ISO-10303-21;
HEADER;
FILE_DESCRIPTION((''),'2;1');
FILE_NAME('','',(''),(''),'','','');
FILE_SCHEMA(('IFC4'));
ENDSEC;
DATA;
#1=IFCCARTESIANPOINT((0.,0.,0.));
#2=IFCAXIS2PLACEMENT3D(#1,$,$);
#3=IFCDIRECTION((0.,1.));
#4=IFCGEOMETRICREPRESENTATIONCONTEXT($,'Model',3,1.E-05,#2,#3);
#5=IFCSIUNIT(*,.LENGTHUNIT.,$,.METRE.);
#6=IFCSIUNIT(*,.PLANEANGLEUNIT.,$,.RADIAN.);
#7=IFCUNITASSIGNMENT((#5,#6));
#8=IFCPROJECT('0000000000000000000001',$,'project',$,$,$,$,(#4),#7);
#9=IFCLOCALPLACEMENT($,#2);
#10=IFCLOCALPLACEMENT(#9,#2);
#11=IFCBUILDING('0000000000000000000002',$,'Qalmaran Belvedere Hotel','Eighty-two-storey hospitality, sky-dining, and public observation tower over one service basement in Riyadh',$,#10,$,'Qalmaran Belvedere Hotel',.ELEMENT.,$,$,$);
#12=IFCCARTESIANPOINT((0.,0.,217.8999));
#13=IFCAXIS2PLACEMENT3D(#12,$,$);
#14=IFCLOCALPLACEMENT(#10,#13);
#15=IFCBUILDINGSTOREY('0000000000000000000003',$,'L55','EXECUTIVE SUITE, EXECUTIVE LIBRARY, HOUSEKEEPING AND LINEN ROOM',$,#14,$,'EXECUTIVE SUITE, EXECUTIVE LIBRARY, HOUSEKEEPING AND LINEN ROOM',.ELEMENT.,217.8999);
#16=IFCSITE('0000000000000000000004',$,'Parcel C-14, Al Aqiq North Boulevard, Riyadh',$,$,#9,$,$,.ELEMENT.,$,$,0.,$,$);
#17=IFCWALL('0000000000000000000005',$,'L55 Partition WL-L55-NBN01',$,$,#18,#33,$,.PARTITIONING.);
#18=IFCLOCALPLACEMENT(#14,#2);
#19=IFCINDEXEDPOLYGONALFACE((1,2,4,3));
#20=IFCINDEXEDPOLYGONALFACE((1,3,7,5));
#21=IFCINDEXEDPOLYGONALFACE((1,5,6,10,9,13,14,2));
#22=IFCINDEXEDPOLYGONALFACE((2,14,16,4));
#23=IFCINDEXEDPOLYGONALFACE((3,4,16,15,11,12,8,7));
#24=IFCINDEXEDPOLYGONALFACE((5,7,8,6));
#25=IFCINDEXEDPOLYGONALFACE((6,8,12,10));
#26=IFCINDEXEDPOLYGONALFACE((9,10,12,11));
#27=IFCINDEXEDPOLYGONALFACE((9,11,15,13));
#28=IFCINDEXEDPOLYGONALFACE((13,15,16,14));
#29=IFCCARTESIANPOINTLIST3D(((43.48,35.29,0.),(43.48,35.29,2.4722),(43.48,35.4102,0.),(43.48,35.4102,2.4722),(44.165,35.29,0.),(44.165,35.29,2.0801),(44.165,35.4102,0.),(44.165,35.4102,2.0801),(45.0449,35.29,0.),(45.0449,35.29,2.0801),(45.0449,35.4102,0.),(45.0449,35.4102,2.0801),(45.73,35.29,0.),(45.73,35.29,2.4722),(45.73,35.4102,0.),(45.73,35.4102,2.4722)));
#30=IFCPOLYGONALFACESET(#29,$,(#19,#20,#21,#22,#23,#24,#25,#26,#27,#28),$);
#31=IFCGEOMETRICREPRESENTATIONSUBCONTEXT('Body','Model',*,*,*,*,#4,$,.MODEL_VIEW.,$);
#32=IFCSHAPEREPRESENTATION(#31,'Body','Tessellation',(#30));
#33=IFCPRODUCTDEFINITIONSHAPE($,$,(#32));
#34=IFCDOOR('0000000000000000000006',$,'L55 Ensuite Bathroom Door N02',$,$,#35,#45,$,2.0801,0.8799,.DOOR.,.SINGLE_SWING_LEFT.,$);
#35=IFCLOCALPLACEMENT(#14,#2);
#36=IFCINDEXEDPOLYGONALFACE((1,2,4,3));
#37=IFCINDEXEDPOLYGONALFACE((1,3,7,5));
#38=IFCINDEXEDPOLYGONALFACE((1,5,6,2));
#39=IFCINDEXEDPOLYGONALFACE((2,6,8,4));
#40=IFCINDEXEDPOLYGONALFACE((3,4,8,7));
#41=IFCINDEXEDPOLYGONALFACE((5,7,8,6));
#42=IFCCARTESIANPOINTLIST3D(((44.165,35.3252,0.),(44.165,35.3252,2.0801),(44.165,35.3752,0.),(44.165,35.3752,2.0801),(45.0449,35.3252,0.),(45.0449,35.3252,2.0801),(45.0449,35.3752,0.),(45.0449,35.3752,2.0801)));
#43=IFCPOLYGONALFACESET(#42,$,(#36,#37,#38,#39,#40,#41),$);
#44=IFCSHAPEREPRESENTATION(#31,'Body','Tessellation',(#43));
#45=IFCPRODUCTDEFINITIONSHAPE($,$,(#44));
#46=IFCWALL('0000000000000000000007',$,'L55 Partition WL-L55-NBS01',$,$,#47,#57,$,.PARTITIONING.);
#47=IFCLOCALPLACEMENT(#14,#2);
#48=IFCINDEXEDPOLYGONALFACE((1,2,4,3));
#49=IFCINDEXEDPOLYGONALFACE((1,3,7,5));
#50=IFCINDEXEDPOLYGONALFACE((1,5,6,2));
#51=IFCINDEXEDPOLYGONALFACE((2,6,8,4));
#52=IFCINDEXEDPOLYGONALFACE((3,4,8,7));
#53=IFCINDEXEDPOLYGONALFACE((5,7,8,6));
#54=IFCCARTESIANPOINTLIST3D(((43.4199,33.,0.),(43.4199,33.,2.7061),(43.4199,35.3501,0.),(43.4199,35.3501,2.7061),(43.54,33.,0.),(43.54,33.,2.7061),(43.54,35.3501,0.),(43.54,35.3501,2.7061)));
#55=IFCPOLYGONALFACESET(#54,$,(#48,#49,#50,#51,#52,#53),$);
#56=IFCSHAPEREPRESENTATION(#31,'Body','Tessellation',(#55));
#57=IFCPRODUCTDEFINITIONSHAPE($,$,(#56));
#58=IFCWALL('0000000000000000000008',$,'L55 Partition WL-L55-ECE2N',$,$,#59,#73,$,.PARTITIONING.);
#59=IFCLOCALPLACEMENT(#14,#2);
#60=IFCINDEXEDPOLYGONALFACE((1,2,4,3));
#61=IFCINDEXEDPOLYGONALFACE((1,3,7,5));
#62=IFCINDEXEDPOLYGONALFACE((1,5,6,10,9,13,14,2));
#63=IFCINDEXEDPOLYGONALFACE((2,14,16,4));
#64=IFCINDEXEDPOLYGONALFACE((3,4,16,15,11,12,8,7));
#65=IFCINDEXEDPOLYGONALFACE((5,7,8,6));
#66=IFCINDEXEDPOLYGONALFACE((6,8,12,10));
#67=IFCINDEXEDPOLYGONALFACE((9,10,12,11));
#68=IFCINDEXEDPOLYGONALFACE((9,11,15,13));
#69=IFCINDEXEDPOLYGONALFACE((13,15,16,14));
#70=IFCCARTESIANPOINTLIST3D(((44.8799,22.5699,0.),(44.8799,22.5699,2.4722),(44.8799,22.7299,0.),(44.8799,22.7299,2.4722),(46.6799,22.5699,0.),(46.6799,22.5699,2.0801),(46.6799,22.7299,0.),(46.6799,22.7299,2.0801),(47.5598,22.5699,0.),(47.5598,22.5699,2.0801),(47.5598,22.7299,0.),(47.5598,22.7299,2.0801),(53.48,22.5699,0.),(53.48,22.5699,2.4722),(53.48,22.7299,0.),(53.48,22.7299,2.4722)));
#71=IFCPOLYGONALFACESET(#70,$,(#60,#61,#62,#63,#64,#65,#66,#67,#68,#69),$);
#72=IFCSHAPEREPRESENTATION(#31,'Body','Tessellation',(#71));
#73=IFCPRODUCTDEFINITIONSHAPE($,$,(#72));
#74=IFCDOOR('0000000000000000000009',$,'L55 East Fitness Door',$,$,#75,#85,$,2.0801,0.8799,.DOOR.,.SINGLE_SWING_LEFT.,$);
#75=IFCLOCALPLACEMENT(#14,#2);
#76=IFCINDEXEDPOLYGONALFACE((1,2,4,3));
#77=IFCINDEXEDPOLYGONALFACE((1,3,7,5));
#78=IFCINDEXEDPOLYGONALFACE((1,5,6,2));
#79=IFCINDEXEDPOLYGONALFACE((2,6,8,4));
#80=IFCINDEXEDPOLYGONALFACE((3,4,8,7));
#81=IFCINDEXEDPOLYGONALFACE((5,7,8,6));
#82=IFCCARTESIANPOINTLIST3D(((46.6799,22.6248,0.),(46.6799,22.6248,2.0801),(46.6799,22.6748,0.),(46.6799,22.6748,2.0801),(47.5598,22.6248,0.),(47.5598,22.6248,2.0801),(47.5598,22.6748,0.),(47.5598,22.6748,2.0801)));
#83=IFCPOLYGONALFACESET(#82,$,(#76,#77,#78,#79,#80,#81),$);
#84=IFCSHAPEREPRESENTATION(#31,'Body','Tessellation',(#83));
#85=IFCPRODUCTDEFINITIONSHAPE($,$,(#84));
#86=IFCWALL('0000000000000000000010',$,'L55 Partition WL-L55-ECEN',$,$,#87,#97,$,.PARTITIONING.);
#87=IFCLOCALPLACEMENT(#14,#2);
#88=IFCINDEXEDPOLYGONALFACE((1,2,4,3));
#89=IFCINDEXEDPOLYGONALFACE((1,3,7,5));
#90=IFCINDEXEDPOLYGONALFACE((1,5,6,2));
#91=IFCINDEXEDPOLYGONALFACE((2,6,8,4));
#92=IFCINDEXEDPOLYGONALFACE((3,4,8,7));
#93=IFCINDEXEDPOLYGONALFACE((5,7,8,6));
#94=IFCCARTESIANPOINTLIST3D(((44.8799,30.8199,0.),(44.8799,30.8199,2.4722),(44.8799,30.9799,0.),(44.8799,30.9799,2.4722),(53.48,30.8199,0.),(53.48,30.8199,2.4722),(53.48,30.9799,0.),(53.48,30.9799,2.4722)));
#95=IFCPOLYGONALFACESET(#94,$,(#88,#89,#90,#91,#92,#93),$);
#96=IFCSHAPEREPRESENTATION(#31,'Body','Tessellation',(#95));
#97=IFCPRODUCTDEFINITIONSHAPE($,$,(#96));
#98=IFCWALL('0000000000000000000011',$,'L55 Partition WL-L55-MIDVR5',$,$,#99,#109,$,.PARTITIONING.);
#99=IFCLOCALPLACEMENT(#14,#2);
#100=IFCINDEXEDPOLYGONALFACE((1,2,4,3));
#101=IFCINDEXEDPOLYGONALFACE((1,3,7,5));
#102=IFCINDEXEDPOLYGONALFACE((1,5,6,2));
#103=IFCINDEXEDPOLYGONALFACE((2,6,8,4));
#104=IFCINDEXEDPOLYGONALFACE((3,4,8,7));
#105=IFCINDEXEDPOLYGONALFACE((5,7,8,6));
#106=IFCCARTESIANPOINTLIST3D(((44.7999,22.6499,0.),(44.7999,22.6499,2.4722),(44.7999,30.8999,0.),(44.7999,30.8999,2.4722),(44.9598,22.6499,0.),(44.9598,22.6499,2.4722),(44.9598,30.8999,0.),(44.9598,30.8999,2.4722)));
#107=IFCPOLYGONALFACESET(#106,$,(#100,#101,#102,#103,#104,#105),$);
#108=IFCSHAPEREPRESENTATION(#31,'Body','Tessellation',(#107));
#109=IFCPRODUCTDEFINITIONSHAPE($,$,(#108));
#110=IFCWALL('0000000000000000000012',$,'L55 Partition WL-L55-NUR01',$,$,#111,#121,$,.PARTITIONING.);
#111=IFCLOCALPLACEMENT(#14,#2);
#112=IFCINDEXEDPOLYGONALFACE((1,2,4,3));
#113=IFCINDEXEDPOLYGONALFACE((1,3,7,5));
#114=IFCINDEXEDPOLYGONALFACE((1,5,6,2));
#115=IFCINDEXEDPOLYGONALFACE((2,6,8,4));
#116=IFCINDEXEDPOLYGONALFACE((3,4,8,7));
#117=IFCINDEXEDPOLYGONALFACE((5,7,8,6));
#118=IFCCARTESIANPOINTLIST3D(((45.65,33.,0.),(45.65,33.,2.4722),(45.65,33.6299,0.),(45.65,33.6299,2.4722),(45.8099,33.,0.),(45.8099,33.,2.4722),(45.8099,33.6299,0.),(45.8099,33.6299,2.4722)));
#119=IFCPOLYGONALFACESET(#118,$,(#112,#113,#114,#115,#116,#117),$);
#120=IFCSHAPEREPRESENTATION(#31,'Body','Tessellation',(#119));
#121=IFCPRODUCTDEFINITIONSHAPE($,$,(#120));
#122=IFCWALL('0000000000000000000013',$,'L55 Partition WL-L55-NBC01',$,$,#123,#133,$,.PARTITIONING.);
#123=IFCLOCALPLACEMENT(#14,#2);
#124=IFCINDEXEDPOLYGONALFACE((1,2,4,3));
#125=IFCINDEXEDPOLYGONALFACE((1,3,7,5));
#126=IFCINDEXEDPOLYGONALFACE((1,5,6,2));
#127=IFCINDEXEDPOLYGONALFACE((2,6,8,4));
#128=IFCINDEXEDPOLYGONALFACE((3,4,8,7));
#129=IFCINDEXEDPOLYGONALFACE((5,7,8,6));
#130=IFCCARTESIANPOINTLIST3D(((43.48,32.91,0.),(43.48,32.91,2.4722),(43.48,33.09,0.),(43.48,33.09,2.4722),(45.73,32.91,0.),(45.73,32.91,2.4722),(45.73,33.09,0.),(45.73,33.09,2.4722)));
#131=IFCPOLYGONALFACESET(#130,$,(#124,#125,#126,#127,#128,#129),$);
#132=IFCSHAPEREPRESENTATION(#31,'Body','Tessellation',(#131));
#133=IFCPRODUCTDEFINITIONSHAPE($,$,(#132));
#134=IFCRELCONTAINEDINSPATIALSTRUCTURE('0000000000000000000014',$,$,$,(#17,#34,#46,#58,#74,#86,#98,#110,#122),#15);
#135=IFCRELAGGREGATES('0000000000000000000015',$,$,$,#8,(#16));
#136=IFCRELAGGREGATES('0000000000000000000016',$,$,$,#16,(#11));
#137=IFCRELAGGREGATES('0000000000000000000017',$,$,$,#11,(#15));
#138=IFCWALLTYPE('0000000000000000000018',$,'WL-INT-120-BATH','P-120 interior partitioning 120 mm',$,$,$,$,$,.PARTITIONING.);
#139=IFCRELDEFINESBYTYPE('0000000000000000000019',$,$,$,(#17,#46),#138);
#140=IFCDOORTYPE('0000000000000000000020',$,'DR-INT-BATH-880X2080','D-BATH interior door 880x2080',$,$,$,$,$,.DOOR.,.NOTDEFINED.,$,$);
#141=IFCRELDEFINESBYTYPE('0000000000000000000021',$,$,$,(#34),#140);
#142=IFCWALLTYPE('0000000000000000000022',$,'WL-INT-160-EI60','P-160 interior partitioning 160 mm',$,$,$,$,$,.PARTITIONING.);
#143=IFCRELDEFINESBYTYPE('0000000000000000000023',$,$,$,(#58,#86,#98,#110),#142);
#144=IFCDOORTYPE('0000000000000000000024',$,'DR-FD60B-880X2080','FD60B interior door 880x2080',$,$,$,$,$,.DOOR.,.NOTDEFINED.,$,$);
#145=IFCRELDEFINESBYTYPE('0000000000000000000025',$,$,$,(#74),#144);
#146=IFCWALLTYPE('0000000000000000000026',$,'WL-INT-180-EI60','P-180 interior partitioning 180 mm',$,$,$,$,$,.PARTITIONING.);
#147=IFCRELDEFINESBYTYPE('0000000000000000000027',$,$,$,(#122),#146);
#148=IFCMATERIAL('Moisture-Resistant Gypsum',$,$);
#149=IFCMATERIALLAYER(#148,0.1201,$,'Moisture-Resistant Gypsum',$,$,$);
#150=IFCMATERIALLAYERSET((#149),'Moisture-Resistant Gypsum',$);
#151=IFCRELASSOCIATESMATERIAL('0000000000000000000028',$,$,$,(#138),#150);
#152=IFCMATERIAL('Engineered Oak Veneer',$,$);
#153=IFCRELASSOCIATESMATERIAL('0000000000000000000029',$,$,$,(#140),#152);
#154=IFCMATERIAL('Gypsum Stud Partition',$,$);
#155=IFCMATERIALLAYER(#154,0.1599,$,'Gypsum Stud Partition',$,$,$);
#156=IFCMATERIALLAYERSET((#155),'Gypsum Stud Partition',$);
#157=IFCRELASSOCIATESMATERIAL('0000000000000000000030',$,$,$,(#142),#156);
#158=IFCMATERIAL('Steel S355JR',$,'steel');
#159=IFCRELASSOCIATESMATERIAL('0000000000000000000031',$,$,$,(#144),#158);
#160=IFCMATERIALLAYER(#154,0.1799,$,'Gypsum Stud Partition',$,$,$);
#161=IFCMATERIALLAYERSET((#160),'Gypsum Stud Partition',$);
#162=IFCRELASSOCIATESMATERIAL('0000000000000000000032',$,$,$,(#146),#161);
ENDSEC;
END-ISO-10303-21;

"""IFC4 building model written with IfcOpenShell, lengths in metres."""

from ifc_helpers import new_model, si_unit, direction, frame, frame_2d, origin, place, context, subcontext, project, spatial, rectangle, extrude, material, layer, layer_set, type_object, element, fill, save


model = new_model("IFC4")

# Units and contexts
model_context = context("Model", 3, precision=1e-05, world=origin(), true_north=direction((0.0, 1.0)))
body_context = subcontext(model_context, "Body", "Model", "MODEL_VIEW")
ifc_project = project(units=[si_unit("LENGTHUNIT", "METRE"), si_unit("PLANEANGLEUNIT", "RADIAN")], contexts=[model_context])

# Site, building, storey
site_placement = place(None, origin())
site = spatial("IfcSite", under=ifc_project, at=site_placement, Name="Parcel C-14, Al Aqiq North Boulevard, Riyadh", CompositionType="ELEMENT", RefElevation=0.0)
building_placement = place(site_placement, origin())
building = spatial("IfcBuilding", under=site, at=building_placement, Name="Qalmaran Belvedere Hotel", Description="Eighty-two-storey hospitality, sky-dining, and public observation tower over one service basement in Riyadh", LongName="Qalmaran Belvedere Hotel", CompositionType="ELEMENT")
storey_placement = place(building_placement, frame((0.0, 0.0, 217.8999)))
storey = spatial("IfcBuildingStorey", under=building, at=storey_placement, Name="L55", Description="EXECUTIVE SUITE, EXECUTIVE LIBRARY, HOUSEKEEPING AND LINEN ROOM", LongName="EXECUTIVE SUITE, EXECUTIVE LIBRARY, HOUSEKEEPING AND LINEN ROOM", CompositionType="ELEMENT", Elevation=217.8999)

# Shared definitions
ifc_material_1 = material(Name="Steel S355JR", Category="steel")

# Wall, opening, door
ifc_material_2 = material(Name="Moisture-Resistant Gypsum")
ifc_layer_1 = layer(ifc_material_2, 0.1201, Name="Moisture-Resistant Gypsum")
ifc_layer_set_1 = layer_set([ifc_layer_1], Name="Moisture-Resistant Gypsum")
wall_type_1 = type_object("IfcWallType", Name="WL-INT-120-BATH", Description="P-120 interior partitioning 120 mm", PredefinedType="PARTITIONING", material=ifc_layer_set_1)
wall_1_placement = place(storey_placement, frame((43.48, 35.3501, 0.0), z_axis=(0.0, 0.0, 1.0), x_axis=(1.0, 0.0, 0.0)))
wall_1 = element("IfcWall", 1, at=wall_1_placement, inside=storey, type_object=wall_type_1, Name="L55 Partition WL-L55-NBN01", PredefinedType="PARTITIONING", context=body_context, shape_type="SweptSolid", body=[
    extrude(rectangle(XDim=2.25, YDim=0.1201, at=frame_2d((1.125, 0.0))), origin(), (0.0, 0.0, 1.0), 2.4722),
])
opening_1_placement = place(wall_1_placement, frame((1.5649, 0.0, 0.0), z_axis=(0.0, 0.0, 1.0), x_axis=(-1.0, 0.0, 0.0)))
opening_1 = element("IfcOpeningElement", 2, at=opening_1_placement, cuts=wall_1, PredefinedType="OPENING", context=body_context, shape_type="SweptSolid", body=[
    extrude(rectangle(XDim=0.8799, YDim=2.0801, at=frame_2d((0.4399, 1.04))), frame((0.0, 0.0701, 0.0), z_axis=(0.0, -1.0, 0.0), x_axis=(1.0, 0.0, 0.0)), (0.0, 0.0, 1.0), 0.1401),
])
ifc_material_3 = material(Name="Engineered Oak Veneer")
door_type_1 = type_object("IfcDoorType", Name="DR-INT-BATH-880X2080", Description="D-BATH interior door 880x2080", OperationType="NOTDEFINED", PredefinedType="DOOR", material=ifc_material_3)
door_1_placement = place(opening_1_placement, origin())
door_1 = element("IfcDoor", 3, at=door_1_placement, inside=storey, type_object=door_type_1, Name="L55 Ensuite Bathroom Door N02", OperationType="SINGLE_SWING_LEFT", OverallHeight=2.0801, OverallWidth=0.8799, PredefinedType="DOOR", context=body_context, shape_type="SweptSolid", body=[
    extrude(rectangle(XDim=0.8799, YDim=2.0801, at=frame_2d((0.4399, 1.04))), frame((0.0, 0.0249, 0.0), z_axis=(0.0, -1.0, 0.0), x_axis=(1.0, 0.0, 0.0)), (0.0, 0.0, 1.0), 0.05),
])
fill(opening_1, door_1)

# Wall
wall_2_placement = place(storey_placement, frame((43.48, 33.0, 0.0), z_axis=(0.0, 0.0, 1.0), x_axis=(0.0, 1.0, 0.0)))
element("IfcWall", 4, at=wall_2_placement, inside=storey, type_object=wall_type_1, Name="L55 Partition WL-L55-NBS01", PredefinedType="PARTITIONING", context=body_context, shape_type="SweptSolid", body=[
    extrude(rectangle(XDim=2.3501, YDim=0.1201, at=frame_2d((1.175, 0.0))), origin(), (0.0, 0.0, 1.0), 2.7061),
])

# Wall, opening, door
ifc_material_4 = material(Name="Gypsum Stud Partition")
ifc_layer_2 = layer(ifc_material_4, 0.1599, Name="Gypsum Stud Partition")
ifc_layer_set_2 = layer_set([ifc_layer_2], Name="Gypsum Stud Partition")
wall_type_2 = type_object("IfcWallType", Name="WL-INT-160-EI60", Description="P-160 interior partitioning 160 mm", PredefinedType="PARTITIONING", material=ifc_layer_set_2)
wall_3_placement = place(storey_placement, frame((44.8799, 22.6499, 0.0), z_axis=(0.0, 0.0, 1.0), x_axis=(1.0, 0.0, 0.0)))
wall_3 = element("IfcWall", 5, at=wall_3_placement, inside=storey, type_object=wall_type_2, Name="L55 Partition WL-L55-ECE2N", PredefinedType="PARTITIONING", context=body_context, shape_type="SweptSolid", body=[
    extrude(rectangle(XDim=8.6001, YDim=0.1599, at=frame_2d((4.3, 0.0))), origin(), (0.0, 0.0, 1.0), 2.4722),
])
opening_2_placement = place(wall_3_placement, frame((1.8, 0.0, 0.0)))
opening_2 = element("IfcOpeningElement", 6, at=opening_2_placement, cuts=wall_3, PredefinedType="OPENING", context=body_context, shape_type="SweptSolid", body=[
    extrude(rectangle(XDim=0.8799, YDim=2.0801, at=frame_2d((0.4399, 1.04))), frame((0.0, 0.0898, 0.0), z_axis=(0.0, -1.0, 0.0), x_axis=(1.0, 0.0, 0.0)), (0.0, 0.0, 1.0), 0.1799),
])
door_type_2 = type_object("IfcDoorType", Name="DR-FD60B-880X2080", Description="FD60B interior door 880x2080", OperationType="NOTDEFINED", PredefinedType="DOOR", material=ifc_material_1)
door_2_placement = place(opening_2_placement, origin())
door_2 = element("IfcDoor", 7, at=door_2_placement, inside=storey, type_object=door_type_2, Name="L55 East Fitness Door", OperationType="SINGLE_SWING_LEFT", OverallHeight=2.0801, OverallWidth=0.8799, PredefinedType="DOOR", context=body_context, shape_type="SweptSolid", body=[
    extrude(rectangle(XDim=0.8799, YDim=2.0801, at=frame_2d((0.4399, 1.04))), frame((0.0, 0.0249, 0.0), z_axis=(0.0, -1.0, 0.0), x_axis=(1.0, 0.0, 0.0)), (0.0, 0.0, 1.0), 0.05),
])
fill(opening_2, door_2)

# Walls
wall_4_placement = place(storey_placement, frame((44.8799, 30.8999, 0.0), z_axis=(0.0, 0.0, 1.0), x_axis=(1.0, 0.0, 0.0)))
element("IfcWall", 8, at=wall_4_placement, inside=storey, type_object=wall_type_2, Name="L55 Partition WL-L55-ECEN", PredefinedType="PARTITIONING", context=body_context, shape_type="SweptSolid", body=[
    extrude(rectangle(XDim=8.6001, YDim=0.1599, at=frame_2d((4.3, 0.0))), origin(), (0.0, 0.0, 1.0), 2.4722),
])
wall_5_placement = place(storey_placement, frame((44.8799, 22.6499, 0.0), z_axis=(0.0, 0.0, 1.0), x_axis=(0.0, 1.0, 0.0)))
element("IfcWall", 9, at=wall_5_placement, inside=storey, type_object=wall_type_2, Name="L55 Partition WL-L55-MIDVR5", PredefinedType="PARTITIONING", context=body_context, shape_type="SweptSolid", body=[
    extrude(rectangle(XDim=8.25, YDim=0.1599, at=frame_2d((4.125, 0.0))), origin(), (0.0, 0.0, 1.0), 2.4722),
])
wall_6_placement = place(storey_placement, frame((45.73, 33.0, 0.0), z_axis=(0.0, 0.0, 1.0), x_axis=(0.0, 1.0, 0.0)))
element("IfcWall", 10, at=wall_6_placement, inside=storey, type_object=wall_type_2, Name="L55 Partition WL-L55-NUR01", PredefinedType="PARTITIONING", context=body_context, shape_type="SweptSolid", body=[
    extrude(rectangle(XDim=0.6299, YDim=0.1599, at=frame_2d((0.3149, 0.0))), origin(), (0.0, 0.0, 1.0), 2.4722),
])
ifc_layer_3 = layer(ifc_material_4, 0.1799, Name="Gypsum Stud Partition")
ifc_layer_set_3 = layer_set([ifc_layer_3], Name="Gypsum Stud Partition")
wall_type_3 = type_object("IfcWallType", Name="WL-INT-180-EI60", Description="P-180 interior partitioning 180 mm", PredefinedType="PARTITIONING", material=ifc_layer_set_3)
wall_7_placement = place(storey_placement, frame((43.48, 33.0, 0.0), z_axis=(0.0, 0.0, 1.0), x_axis=(1.0, 0.0, 0.0)))
element("IfcWall", 11, at=wall_7_placement, inside=storey, type_object=wall_type_3, Name="L55 Partition WL-L55-NBC01", PredefinedType="PARTITIONING", context=body_context, shape_type="SweptSolid", body=[
    extrude(rectangle(XDim=2.25, YDim=0.1799, at=frame_2d((1.125, 0.0))), origin(), (0.0, 0.0, 1.0), 2.4722),
])

save(model, "model.ifc")
